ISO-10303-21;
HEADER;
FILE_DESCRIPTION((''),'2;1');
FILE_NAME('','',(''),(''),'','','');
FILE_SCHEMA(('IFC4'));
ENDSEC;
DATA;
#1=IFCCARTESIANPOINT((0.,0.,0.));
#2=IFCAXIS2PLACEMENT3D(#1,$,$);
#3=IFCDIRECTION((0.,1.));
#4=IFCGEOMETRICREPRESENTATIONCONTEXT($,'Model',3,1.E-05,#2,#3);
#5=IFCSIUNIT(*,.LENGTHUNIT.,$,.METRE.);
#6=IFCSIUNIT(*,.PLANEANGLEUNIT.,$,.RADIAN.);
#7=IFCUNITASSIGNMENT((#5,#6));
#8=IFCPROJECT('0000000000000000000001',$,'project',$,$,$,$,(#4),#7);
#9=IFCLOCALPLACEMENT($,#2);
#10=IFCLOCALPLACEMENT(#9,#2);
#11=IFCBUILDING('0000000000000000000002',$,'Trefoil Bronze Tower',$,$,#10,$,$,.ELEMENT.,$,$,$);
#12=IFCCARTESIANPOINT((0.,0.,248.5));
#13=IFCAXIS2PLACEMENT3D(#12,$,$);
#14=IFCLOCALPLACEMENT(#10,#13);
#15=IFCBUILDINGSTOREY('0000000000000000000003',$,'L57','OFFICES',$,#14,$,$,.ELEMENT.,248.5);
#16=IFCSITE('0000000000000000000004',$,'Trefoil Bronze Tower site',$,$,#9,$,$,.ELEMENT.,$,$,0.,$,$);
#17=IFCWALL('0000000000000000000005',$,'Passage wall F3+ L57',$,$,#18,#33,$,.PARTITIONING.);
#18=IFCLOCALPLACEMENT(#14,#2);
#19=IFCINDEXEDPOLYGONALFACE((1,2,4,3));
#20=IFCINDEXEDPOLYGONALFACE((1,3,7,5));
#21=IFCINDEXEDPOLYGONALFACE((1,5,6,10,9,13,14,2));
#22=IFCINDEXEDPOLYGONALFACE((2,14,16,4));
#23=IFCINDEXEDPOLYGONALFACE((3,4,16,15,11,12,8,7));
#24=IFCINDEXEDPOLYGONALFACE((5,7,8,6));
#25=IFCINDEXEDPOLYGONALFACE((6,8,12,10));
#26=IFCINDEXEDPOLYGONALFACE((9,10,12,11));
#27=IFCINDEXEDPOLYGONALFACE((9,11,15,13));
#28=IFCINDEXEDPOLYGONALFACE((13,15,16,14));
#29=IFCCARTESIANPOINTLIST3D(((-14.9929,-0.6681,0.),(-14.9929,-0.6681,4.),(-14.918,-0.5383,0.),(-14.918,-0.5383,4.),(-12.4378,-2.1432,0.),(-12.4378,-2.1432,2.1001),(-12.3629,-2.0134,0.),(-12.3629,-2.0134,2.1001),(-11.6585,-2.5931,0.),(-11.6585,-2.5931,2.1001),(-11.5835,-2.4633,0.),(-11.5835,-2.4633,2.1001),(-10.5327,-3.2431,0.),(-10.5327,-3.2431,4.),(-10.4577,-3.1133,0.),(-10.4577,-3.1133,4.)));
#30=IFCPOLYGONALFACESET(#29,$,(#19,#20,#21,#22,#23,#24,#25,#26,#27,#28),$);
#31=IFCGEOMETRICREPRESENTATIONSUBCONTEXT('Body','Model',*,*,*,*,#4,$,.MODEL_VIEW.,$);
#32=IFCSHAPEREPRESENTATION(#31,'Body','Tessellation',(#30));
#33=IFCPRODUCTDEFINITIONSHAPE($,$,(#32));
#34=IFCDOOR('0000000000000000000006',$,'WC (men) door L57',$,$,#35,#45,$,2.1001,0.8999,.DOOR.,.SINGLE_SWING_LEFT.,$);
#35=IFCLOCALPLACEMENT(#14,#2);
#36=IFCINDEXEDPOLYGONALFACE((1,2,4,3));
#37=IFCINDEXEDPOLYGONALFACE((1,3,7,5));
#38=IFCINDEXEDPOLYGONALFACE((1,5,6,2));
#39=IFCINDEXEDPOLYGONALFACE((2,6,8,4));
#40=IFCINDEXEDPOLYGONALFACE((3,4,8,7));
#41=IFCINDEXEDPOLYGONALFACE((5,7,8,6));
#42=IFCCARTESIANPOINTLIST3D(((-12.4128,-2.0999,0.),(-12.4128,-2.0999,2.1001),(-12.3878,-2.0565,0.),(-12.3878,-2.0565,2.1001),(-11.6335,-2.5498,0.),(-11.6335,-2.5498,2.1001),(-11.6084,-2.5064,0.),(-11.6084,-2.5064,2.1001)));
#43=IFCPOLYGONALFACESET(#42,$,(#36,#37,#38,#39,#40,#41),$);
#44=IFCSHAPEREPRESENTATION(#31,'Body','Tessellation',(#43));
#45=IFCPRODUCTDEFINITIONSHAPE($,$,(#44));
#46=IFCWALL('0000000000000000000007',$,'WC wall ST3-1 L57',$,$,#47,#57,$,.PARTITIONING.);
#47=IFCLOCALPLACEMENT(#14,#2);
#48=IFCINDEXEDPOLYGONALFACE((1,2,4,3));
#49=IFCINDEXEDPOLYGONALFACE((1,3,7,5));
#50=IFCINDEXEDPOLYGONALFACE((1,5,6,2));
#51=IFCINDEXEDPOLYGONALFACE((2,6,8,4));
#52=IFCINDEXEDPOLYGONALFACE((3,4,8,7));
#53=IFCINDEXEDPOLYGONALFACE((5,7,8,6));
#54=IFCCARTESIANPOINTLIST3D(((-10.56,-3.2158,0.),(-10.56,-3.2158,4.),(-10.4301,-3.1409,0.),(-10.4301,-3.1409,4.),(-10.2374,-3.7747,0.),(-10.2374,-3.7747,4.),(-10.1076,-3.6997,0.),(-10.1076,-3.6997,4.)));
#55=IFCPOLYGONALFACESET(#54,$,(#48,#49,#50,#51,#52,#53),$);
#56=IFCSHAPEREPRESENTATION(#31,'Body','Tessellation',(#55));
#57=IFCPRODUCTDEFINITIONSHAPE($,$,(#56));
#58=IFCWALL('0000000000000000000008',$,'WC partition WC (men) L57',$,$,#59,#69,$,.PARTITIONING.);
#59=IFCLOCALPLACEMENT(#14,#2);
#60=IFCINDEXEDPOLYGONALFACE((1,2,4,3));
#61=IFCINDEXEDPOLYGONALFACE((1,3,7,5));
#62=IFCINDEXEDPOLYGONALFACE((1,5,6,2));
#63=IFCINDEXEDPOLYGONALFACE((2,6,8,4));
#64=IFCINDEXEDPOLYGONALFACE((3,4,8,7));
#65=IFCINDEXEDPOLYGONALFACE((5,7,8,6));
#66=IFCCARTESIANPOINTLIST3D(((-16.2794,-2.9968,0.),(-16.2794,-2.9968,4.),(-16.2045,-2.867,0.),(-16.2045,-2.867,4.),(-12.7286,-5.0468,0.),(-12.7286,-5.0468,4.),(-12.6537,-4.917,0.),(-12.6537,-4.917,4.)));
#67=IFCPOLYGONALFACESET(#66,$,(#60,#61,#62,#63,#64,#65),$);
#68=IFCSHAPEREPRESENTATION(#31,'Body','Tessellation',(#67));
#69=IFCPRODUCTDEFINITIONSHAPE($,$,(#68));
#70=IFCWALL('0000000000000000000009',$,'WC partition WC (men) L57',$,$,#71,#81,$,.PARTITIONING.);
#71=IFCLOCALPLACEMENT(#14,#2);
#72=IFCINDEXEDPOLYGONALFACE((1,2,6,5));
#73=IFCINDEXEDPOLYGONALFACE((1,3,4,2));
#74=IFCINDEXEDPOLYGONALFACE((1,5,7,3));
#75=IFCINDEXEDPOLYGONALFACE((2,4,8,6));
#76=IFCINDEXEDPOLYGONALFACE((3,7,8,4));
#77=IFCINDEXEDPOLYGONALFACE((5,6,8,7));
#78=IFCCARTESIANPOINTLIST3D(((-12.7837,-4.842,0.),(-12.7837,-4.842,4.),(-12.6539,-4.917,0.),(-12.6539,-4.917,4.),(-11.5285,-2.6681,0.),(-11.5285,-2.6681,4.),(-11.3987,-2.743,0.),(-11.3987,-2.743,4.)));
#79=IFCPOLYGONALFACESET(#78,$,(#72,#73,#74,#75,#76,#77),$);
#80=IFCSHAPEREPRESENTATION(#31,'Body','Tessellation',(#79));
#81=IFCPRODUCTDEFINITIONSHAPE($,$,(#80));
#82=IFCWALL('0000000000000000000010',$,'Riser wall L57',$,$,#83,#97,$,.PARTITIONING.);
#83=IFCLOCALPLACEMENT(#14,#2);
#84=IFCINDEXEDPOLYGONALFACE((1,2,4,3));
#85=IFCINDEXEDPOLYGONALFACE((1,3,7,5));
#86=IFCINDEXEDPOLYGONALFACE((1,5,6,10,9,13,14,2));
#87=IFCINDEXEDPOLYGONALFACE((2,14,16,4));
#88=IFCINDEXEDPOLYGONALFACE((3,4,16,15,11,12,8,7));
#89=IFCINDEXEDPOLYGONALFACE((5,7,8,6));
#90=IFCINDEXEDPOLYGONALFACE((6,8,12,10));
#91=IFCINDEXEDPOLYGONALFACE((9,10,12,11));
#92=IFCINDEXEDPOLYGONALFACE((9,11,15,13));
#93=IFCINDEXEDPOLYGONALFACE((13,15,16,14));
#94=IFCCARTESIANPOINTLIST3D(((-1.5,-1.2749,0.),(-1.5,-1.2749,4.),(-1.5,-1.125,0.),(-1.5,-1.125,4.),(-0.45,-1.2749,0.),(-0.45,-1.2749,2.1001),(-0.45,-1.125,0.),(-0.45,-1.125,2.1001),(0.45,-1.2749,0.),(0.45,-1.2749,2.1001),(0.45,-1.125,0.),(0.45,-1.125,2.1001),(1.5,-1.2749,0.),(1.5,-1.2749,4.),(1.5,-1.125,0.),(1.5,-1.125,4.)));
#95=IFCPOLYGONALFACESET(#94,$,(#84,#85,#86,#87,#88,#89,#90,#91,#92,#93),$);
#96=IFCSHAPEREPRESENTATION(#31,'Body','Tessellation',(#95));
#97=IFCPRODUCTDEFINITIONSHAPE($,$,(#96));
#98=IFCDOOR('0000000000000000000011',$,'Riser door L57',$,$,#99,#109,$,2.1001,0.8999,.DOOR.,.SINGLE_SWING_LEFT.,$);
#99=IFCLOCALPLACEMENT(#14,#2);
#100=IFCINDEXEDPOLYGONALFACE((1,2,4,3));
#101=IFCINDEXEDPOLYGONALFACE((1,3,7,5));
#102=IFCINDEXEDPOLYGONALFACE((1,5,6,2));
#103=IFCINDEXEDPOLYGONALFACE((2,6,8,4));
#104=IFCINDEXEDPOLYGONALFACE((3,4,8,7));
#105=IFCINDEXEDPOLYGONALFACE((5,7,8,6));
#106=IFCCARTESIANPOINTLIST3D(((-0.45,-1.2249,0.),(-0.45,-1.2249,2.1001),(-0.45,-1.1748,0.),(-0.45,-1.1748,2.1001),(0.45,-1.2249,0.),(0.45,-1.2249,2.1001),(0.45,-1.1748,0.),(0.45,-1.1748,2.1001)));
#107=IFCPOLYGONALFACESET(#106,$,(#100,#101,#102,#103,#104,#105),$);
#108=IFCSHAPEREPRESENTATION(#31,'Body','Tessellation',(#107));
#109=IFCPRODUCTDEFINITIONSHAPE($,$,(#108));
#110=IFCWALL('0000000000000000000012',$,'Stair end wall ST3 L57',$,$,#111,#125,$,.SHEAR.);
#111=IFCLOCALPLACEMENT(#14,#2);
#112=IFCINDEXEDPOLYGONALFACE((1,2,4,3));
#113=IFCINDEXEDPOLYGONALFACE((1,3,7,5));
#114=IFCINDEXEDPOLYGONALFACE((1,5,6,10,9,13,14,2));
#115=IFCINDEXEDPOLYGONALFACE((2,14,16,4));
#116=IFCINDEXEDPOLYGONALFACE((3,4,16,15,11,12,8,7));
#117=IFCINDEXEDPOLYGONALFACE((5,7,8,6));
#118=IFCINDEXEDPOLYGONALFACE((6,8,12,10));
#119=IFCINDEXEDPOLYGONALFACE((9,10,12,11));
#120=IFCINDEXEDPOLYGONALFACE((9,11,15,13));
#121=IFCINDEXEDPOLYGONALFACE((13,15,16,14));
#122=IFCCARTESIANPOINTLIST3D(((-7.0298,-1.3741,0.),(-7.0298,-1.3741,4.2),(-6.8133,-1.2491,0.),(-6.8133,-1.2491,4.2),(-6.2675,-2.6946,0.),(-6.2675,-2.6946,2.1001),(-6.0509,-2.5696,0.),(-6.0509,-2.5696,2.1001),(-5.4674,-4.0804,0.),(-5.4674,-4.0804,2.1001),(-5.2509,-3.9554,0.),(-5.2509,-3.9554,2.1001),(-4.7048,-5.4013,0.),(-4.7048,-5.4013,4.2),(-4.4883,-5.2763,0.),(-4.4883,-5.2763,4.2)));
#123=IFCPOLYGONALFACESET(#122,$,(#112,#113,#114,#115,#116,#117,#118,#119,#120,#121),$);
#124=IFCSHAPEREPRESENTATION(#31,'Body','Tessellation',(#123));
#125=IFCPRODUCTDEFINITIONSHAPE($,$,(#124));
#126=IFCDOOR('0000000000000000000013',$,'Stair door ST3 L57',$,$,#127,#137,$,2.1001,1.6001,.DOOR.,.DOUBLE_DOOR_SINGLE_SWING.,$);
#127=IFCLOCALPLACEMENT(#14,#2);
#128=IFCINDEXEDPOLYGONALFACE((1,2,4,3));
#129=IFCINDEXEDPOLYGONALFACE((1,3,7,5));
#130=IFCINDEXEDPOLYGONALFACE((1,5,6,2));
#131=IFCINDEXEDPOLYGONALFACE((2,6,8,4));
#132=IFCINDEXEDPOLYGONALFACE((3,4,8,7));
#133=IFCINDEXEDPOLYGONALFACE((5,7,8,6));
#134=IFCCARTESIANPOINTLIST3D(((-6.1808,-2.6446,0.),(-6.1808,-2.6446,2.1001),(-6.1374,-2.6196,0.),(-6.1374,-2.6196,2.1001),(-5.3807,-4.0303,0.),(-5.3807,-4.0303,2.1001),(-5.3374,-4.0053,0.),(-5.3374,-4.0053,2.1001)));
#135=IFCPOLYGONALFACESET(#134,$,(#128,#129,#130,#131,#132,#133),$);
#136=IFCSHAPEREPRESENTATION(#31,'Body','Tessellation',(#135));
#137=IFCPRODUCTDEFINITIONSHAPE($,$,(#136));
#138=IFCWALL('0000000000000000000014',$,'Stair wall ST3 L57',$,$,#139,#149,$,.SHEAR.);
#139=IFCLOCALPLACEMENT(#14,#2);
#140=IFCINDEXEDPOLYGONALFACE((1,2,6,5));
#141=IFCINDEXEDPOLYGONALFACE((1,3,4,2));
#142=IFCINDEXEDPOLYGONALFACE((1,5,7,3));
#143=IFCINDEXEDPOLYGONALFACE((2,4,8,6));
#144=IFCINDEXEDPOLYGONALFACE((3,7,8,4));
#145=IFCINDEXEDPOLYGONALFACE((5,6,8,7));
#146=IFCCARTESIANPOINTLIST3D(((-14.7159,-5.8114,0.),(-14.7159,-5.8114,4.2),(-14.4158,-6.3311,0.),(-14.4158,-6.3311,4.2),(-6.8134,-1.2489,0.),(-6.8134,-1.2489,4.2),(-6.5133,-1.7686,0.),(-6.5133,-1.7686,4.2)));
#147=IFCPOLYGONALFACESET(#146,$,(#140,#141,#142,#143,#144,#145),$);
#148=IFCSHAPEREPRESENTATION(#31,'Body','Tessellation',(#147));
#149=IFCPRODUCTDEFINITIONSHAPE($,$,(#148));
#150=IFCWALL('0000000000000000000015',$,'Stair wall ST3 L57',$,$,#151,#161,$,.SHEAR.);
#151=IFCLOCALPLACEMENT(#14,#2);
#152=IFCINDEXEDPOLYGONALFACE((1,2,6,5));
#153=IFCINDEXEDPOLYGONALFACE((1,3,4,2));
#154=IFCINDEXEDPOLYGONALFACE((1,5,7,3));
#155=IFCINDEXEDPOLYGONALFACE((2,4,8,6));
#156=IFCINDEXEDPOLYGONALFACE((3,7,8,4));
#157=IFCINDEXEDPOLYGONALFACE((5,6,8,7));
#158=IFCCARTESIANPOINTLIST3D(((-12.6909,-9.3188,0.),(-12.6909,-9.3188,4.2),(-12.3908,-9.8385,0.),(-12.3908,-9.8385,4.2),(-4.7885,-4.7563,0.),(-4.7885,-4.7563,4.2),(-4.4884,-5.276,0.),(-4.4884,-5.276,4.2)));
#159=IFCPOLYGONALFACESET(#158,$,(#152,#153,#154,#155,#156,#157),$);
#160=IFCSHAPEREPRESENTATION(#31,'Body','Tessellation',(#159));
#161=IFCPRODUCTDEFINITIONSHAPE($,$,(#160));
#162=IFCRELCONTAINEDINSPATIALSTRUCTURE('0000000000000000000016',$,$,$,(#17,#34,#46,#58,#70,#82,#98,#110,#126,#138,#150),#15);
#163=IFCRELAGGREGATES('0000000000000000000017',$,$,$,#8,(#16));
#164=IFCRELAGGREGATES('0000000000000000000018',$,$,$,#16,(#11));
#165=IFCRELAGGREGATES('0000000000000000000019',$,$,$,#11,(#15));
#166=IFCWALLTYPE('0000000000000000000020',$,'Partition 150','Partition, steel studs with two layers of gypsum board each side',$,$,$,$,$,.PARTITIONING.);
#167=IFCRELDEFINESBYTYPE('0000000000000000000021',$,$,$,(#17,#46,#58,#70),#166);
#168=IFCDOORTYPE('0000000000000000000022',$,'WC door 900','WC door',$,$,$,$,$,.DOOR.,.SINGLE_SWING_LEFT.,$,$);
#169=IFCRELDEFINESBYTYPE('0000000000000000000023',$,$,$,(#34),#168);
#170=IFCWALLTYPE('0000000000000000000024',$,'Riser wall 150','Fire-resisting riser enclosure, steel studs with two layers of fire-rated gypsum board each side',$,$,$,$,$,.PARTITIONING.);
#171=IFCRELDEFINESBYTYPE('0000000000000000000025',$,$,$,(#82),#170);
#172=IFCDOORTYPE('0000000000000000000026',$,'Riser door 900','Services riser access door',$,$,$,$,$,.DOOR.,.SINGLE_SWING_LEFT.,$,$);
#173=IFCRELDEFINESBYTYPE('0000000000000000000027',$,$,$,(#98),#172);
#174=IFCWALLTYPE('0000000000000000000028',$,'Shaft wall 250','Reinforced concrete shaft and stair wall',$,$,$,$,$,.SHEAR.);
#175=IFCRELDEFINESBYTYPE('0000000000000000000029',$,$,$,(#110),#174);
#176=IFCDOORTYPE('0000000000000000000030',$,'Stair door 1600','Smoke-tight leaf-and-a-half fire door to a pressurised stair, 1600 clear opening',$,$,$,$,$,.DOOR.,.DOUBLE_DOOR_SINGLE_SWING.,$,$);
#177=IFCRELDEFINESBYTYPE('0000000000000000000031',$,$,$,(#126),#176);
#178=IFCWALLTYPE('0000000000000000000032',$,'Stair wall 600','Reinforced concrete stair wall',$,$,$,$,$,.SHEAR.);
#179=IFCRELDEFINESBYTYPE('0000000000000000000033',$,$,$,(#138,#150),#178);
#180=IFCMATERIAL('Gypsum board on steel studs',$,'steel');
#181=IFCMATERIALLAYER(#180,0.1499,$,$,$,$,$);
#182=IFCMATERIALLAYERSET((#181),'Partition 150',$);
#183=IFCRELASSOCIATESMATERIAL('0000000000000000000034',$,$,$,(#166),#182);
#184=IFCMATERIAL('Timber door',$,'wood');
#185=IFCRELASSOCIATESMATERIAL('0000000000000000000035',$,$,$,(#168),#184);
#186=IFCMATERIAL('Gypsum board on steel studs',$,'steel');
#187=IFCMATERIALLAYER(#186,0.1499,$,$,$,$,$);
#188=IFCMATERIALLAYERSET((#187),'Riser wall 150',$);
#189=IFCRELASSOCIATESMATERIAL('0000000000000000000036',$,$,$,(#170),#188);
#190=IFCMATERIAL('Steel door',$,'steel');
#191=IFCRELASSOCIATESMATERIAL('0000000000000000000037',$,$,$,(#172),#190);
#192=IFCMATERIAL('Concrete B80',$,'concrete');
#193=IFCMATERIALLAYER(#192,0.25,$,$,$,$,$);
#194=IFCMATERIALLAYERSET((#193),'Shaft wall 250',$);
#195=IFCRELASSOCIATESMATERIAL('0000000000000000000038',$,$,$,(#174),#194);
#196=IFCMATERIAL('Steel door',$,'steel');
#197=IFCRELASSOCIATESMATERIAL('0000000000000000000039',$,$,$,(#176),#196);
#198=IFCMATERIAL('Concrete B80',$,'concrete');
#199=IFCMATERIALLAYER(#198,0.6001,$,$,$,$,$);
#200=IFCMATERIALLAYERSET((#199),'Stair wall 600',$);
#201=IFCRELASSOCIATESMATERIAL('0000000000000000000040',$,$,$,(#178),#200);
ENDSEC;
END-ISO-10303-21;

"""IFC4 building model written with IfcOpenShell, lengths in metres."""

from ifc_helpers import new_model, si_unit, direction, frame, frame_2d, origin, place, context, subcontext, project, spatial, rectangle, extrude, material, layer, layer_set, type_object, element, fill, save


model = new_model("IFC4")

# Units and contexts
model_context = context("Model", 3, precision=1e-05, world=origin(), true_north=direction((0.0, 1.0)))
body_context = subcontext(model_context, "Body", "Model", "MODEL_VIEW")
ifc_project = project(units=[si_unit("LENGTHUNIT", "METRE"), si_unit("PLANEANGLEUNIT", "RADIAN")], contexts=[model_context])

# Site, building, storey
site_placement = place(None, origin())
site = spatial("IfcSite", under=ifc_project, at=site_placement, Name="Trefoil Bronze Tower site", CompositionType="ELEMENT", RefElevation=0.0)
building_placement = place(site_placement, origin())
building = spatial("IfcBuilding", under=site, at=building_placement, Name="Trefoil Bronze Tower", CompositionType="ELEMENT")
storey_placement = place(building_placement, frame((0.0, 0.0, 248.5)))
storey = spatial("IfcBuildingStorey", under=building, at=storey_placement, Name="L57", Description="OFFICES", CompositionType="ELEMENT", Elevation=248.5)

# Wall, opening, door
ifc_material_1 = material(Name="Gypsum board on steel studs", Category="steel")
ifc_layer_1 = layer(ifc_material_1, 0.1499)
ifc_layer_set_1 = layer_set([ifc_layer_1], Name="Partition 150")
wall_type_1 = type_object("IfcWallType", Name="Partition 150", Description="Partition, steel studs with two layers of gypsum board each side", PredefinedType="PARTITIONING", material=ifc_layer_set_1)
wall_1_placement = place(storey_placement, frame((-10.4951, -3.1782, 0.0), z_axis=(0.0, 0.0, 1.0), x_axis=(-0.866038, 0.499978, 0.0)))
wall_1 = element("IfcWall", 1, at=wall_1_placement, inside=storey, type_object=wall_type_1, Name="Passage wall F3+ L57", PredefinedType="PARTITIONING", context=body_context, shape_type="SweptSolid", body=[
    extrude(rectangle(XDim=5.1501, YDim=0.1499, at=frame_2d((2.5752, 0.0))), origin(), (0.0, 0.0, 1.0), 4.0),
])
opening_1_placement = place(wall_1_placement, frame((1.3, 0.0, 0.0)))
opening_1 = element("IfcOpeningElement", 2, at=opening_1_placement, cuts=wall_1, PredefinedType="OPENING", context=body_context, shape_type="SweptSolid", body=[
    extrude(rectangle(XDim=0.8999, YDim=2.1001, at=frame_2d((0.45, 1.05))), frame((0.0, 0.085, 0.0), z_axis=(0.0, -1.0, 0.0), x_axis=(1.0, 0.0, 0.0)), (0.0, 0.0, 1.0), 0.1699),
])
ifc_material_2 = material(Name="Timber door", Category="wood")
door_type_1 = type_object("IfcDoorType", Name="WC door 900", Description="WC door", OperationType="SINGLE_SWING_LEFT", PredefinedType="DOOR", material=ifc_material_2)
door_1_placement = place(opening_1_placement, origin())
door_1 = element("IfcDoor", 3, at=door_1_placement, inside=storey, type_object=door_type_1, Name="WC (men) door L57", OperationType="SINGLE_SWING_LEFT", OverallHeight=2.1001, OverallWidth=0.8999, PredefinedType="DOOR", context=body_context, shape_type="SweptSolid", body=[
    extrude(rectangle(XDim=0.8999, YDim=2.1001, at=frame_2d((0.45, 1.05))), frame((0.0, 0.0249, 0.0), z_axis=(0.0, -1.0, 0.0), x_axis=(1.0, 0.0, 0.0)), (0.0, 0.0, 1.0), 0.05),
])
fill(opening_1, door_1)

# Walls
wall_2_placement = place(storey_placement, frame((-10.4951, -3.1782, 0.0), z_axis=(0.0, 0.0, 1.0), x_axis=(0.499843, -0.866116, 0.0)))
element("IfcWall", 4, at=wall_2_placement, inside=storey, type_object=wall_type_1, Name="WC wall ST3-1 L57", PredefinedType="PARTITIONING", context=body_context, shape_type="SweptSolid", body=[
    extrude(rectangle(XDim=0.6453, YDim=0.1499, at=frame_2d((0.3228, 0.0))), origin(), (0.0, 0.0, 1.0), 4.0),
])
wall_3_placement = place(storey_placement, frame((-12.6912, -4.9819, 0.0), z_axis=(0.0, 0.0, 1.0), x_axis=(-0.866025, 0.500001, 0.0)))
element("IfcWall", 5, at=wall_3_placement, inside=storey, type_object=wall_type_1, Name="WC partition WC (men) L57", PredefinedType="PARTITIONING", context=body_context, shape_type="SweptSolid", body=[
    extrude(rectangle(XDim=4.1001, YDim=0.1499, at=frame_2d((2.05, 0.0))), origin(), (0.0, 0.0, 1.0), 4.0),
])
wall_4_placement = place(storey_placement, frame((-11.4636, -2.7056, 0.0), z_axis=(0.0, 0.0, 1.0), x_axis=(-0.50002, -0.866014, 0.0)))
element("IfcWall", 6, at=wall_4_placement, inside=storey, type_object=wall_type_1, Name="WC partition WC (men) L57", PredefinedType="PARTITIONING", context=body_context, shape_type="SweptSolid", body=[
    extrude(rectangle(XDim=2.5103, YDim=0.1499, at=frame_2d((1.2551, 0.0))), origin(), (0.0, 0.0, 1.0), 4.0),
])

# Walls, openings, doors
ifc_material_3 = material(Name="Gypsum board on steel studs", Category="steel")
ifc_layer_2 = layer(ifc_material_3, 0.1499)
ifc_layer_set_2 = layer_set([ifc_layer_2], Name="Riser wall 150")
wall_type_2 = type_object("IfcWallType", Name="Riser wall 150", Description="Fire-resisting riser enclosure, steel studs with two layers of fire-rated gypsum board each side", PredefinedType="PARTITIONING", material=ifc_layer_set_2)
wall_5_placement = place(storey_placement, frame((-1.5, -1.2, 0.0), z_axis=(0.0, 0.0, 1.0), x_axis=(1.0, 0.0, 0.0)))
wall_5 = element("IfcWall", 7, at=wall_5_placement, inside=storey, type_object=wall_type_2, Name="Riser wall L57", PredefinedType="PARTITIONING", context=body_context, shape_type="SweptSolid", body=[
    extrude(rectangle(XDim=3.0, YDim=0.1499, at=frame_2d((1.5, 0.0))), origin(), (0.0, 0.0, 1.0), 4.0),
])
opening_2_placement = place(wall_5_placement, frame((1.05, 0.0, 0.0)))
opening_2 = element("IfcOpeningElement", 8, at=opening_2_placement, cuts=wall_5, PredefinedType="OPENING", context=body_context, shape_type="SweptSolid", body=[
    extrude(rectangle(XDim=0.8999, YDim=2.1001, at=frame_2d((0.45, 1.05))), frame((0.0, 0.085, 0.0), z_axis=(0.0, -1.0, 0.0), x_axis=(1.0, 0.0, 0.0)), (0.0, 0.0, 1.0), 0.1699),
])
ifc_material_4 = material(Name="Steel door", Category="steel")
door_type_2 = type_object("IfcDoorType", Name="Riser door 900", Description="Services riser access door", OperationType="SINGLE_SWING_LEFT", PredefinedType="DOOR", material=ifc_material_4)
door_2_placement = place(opening_2_placement, frame((0.8999, 0.0, 0.0), z_axis=(0.0, 0.0, 1.0), x_axis=(-1.0, 0.0, 0.0)))
door_2 = element("IfcDoor", 9, at=door_2_placement, inside=storey, type_object=door_type_2, Name="Riser door L57", OperationType="SINGLE_SWING_LEFT", OverallHeight=2.1001, OverallWidth=0.8999, PredefinedType="DOOR", context=body_context, shape_type="SweptSolid", body=[
    extrude(rectangle(XDim=0.8999, YDim=2.1001, at=frame_2d((0.45, 1.05))), frame((0.0, 0.0249, 0.0), z_axis=(0.0, -1.0, 0.0), x_axis=(1.0, 0.0, 0.0)), (0.0, 0.0, 1.0), 0.05),
])
fill(opening_2, door_2)
ifc_material_5 = material(Name="Concrete B80", Category="concrete")
ifc_layer_3 = layer(ifc_material_5, 0.25)
ifc_layer_set_3 = layer_set([ifc_layer_3], Name="Shaft wall 250")
wall_type_3 = type_object("IfcWallType", Name="Shaft wall 250", Description="Reinforced concrete shaft and stair wall", PredefinedType="SHEAR", material=ifc_layer_set_3)
wall_6_placement = place(storey_placement, frame((-6.9216, -1.3115, 0.0), z_axis=(0.0, 0.0, 1.0), x_axis=(0.499985, -0.866034, 0.0)))
wall_6 = element("IfcWall", 10, at=wall_6_placement, inside=storey, type_object=wall_type_3, Name="Stair end wall ST3 L57", PredefinedType="SHEAR", context=body_context, shape_type="SweptSolid", body=[
    extrude(rectangle(XDim=4.6501, YDim=0.25, at=frame_2d((2.3252, 0.0))), origin(), (0.0, 0.0, 1.0), 4.2),
])
opening_3_placement = place(wall_6_placement, frame((1.5249, 0.0, 0.0)))
opening_3 = element("IfcOpeningElement", 11, at=opening_3_placement, cuts=wall_6, PredefinedType="OPENING", context=body_context, shape_type="SweptSolid", body=[
    extrude(rectangle(XDim=1.6001, YDim=2.1001, at=frame_2d((0.8, 1.05))), frame((0.0, 0.135, 0.0), z_axis=(0.0, -1.0, 0.0), x_axis=(1.0, 0.0, 0.0)), (0.0, 0.0, 1.0), 0.27),
])
ifc_material_6 = material(Name="Steel door", Category="steel")
door_type_3 = type_object("IfcDoorType", Name="Stair door 1600", Description="Smoke-tight leaf-and-a-half fire door to a pressurised stair, 1600 clear opening", OperationType="DOUBLE_DOOR_SINGLE_SWING", PredefinedType="DOOR", material=ifc_material_6)
door_3_placement = place(opening_3_placement, frame((1.6001, 0.0, 0.0), z_axis=(0.0, 0.0, 1.0), x_axis=(-1.0, 0.0, 0.0)))
door_3 = element("IfcDoor", 12, at=door_3_placement, inside=storey, type_object=door_type_3, Name="Stair door ST3 L57", OperationType="DOUBLE_DOOR_SINGLE_SWING", OverallHeight=2.1001, OverallWidth=1.6001, PredefinedType="DOOR", context=body_context, shape_type="SweptSolid", body=[
    extrude(rectangle(XDim=1.6001, YDim=2.1001, at=frame_2d((0.8, 1.05))), frame((0.0, 0.0249, 0.0), z_axis=(0.0, -1.0, 0.0), x_axis=(1.0, 0.0, 0.0)), (0.0, 0.0, 1.0), 0.05),
])
fill(opening_3, door_3)

# Walls
ifc_material_7 = material(Name="Concrete B80", Category="concrete")
ifc_layer_4 = layer(ifc_material_7, 0.6001)
ifc_layer_set_4 = layer_set([ifc_layer_4], Name="Stair wall 600")
wall_type_4 = type_object("IfcWallType", Name="Stair wall 600", Description="Reinforced concrete stair wall", PredefinedType="SHEAR", material=ifc_layer_set_4)
for number, where, z_axis, x_axis, name in (
    (13, (-6.6633, -1.5088, 0.0), (0.0, 0.0, 1.0), (-0.866028, -0.499995, 0.0), "Stair wall ST3 L57"),
    (14, (-4.6384, -5.0161, 0.0), (0.0, 0.0, 1.0), (-0.866022, -0.500007, 0.0), "Stair wall ST3 L57"),
):
    element("IfcWall", number, at=place(storey_placement, frame(where, z_axis=z_axis, x_axis=x_axis)), inside=storey, type_object=wall_type_4, Name=name, PredefinedType="SHEAR", context=body_context, shape_type="SweptSolid", body=[
        extrude(rectangle(XDim=9.125, YDim=0.6001, at=frame_2d((4.5625, 0.0))), origin(), (0.0, 0.0, 1.0), 4.2),
    ])

save(model, "model.ifc")
